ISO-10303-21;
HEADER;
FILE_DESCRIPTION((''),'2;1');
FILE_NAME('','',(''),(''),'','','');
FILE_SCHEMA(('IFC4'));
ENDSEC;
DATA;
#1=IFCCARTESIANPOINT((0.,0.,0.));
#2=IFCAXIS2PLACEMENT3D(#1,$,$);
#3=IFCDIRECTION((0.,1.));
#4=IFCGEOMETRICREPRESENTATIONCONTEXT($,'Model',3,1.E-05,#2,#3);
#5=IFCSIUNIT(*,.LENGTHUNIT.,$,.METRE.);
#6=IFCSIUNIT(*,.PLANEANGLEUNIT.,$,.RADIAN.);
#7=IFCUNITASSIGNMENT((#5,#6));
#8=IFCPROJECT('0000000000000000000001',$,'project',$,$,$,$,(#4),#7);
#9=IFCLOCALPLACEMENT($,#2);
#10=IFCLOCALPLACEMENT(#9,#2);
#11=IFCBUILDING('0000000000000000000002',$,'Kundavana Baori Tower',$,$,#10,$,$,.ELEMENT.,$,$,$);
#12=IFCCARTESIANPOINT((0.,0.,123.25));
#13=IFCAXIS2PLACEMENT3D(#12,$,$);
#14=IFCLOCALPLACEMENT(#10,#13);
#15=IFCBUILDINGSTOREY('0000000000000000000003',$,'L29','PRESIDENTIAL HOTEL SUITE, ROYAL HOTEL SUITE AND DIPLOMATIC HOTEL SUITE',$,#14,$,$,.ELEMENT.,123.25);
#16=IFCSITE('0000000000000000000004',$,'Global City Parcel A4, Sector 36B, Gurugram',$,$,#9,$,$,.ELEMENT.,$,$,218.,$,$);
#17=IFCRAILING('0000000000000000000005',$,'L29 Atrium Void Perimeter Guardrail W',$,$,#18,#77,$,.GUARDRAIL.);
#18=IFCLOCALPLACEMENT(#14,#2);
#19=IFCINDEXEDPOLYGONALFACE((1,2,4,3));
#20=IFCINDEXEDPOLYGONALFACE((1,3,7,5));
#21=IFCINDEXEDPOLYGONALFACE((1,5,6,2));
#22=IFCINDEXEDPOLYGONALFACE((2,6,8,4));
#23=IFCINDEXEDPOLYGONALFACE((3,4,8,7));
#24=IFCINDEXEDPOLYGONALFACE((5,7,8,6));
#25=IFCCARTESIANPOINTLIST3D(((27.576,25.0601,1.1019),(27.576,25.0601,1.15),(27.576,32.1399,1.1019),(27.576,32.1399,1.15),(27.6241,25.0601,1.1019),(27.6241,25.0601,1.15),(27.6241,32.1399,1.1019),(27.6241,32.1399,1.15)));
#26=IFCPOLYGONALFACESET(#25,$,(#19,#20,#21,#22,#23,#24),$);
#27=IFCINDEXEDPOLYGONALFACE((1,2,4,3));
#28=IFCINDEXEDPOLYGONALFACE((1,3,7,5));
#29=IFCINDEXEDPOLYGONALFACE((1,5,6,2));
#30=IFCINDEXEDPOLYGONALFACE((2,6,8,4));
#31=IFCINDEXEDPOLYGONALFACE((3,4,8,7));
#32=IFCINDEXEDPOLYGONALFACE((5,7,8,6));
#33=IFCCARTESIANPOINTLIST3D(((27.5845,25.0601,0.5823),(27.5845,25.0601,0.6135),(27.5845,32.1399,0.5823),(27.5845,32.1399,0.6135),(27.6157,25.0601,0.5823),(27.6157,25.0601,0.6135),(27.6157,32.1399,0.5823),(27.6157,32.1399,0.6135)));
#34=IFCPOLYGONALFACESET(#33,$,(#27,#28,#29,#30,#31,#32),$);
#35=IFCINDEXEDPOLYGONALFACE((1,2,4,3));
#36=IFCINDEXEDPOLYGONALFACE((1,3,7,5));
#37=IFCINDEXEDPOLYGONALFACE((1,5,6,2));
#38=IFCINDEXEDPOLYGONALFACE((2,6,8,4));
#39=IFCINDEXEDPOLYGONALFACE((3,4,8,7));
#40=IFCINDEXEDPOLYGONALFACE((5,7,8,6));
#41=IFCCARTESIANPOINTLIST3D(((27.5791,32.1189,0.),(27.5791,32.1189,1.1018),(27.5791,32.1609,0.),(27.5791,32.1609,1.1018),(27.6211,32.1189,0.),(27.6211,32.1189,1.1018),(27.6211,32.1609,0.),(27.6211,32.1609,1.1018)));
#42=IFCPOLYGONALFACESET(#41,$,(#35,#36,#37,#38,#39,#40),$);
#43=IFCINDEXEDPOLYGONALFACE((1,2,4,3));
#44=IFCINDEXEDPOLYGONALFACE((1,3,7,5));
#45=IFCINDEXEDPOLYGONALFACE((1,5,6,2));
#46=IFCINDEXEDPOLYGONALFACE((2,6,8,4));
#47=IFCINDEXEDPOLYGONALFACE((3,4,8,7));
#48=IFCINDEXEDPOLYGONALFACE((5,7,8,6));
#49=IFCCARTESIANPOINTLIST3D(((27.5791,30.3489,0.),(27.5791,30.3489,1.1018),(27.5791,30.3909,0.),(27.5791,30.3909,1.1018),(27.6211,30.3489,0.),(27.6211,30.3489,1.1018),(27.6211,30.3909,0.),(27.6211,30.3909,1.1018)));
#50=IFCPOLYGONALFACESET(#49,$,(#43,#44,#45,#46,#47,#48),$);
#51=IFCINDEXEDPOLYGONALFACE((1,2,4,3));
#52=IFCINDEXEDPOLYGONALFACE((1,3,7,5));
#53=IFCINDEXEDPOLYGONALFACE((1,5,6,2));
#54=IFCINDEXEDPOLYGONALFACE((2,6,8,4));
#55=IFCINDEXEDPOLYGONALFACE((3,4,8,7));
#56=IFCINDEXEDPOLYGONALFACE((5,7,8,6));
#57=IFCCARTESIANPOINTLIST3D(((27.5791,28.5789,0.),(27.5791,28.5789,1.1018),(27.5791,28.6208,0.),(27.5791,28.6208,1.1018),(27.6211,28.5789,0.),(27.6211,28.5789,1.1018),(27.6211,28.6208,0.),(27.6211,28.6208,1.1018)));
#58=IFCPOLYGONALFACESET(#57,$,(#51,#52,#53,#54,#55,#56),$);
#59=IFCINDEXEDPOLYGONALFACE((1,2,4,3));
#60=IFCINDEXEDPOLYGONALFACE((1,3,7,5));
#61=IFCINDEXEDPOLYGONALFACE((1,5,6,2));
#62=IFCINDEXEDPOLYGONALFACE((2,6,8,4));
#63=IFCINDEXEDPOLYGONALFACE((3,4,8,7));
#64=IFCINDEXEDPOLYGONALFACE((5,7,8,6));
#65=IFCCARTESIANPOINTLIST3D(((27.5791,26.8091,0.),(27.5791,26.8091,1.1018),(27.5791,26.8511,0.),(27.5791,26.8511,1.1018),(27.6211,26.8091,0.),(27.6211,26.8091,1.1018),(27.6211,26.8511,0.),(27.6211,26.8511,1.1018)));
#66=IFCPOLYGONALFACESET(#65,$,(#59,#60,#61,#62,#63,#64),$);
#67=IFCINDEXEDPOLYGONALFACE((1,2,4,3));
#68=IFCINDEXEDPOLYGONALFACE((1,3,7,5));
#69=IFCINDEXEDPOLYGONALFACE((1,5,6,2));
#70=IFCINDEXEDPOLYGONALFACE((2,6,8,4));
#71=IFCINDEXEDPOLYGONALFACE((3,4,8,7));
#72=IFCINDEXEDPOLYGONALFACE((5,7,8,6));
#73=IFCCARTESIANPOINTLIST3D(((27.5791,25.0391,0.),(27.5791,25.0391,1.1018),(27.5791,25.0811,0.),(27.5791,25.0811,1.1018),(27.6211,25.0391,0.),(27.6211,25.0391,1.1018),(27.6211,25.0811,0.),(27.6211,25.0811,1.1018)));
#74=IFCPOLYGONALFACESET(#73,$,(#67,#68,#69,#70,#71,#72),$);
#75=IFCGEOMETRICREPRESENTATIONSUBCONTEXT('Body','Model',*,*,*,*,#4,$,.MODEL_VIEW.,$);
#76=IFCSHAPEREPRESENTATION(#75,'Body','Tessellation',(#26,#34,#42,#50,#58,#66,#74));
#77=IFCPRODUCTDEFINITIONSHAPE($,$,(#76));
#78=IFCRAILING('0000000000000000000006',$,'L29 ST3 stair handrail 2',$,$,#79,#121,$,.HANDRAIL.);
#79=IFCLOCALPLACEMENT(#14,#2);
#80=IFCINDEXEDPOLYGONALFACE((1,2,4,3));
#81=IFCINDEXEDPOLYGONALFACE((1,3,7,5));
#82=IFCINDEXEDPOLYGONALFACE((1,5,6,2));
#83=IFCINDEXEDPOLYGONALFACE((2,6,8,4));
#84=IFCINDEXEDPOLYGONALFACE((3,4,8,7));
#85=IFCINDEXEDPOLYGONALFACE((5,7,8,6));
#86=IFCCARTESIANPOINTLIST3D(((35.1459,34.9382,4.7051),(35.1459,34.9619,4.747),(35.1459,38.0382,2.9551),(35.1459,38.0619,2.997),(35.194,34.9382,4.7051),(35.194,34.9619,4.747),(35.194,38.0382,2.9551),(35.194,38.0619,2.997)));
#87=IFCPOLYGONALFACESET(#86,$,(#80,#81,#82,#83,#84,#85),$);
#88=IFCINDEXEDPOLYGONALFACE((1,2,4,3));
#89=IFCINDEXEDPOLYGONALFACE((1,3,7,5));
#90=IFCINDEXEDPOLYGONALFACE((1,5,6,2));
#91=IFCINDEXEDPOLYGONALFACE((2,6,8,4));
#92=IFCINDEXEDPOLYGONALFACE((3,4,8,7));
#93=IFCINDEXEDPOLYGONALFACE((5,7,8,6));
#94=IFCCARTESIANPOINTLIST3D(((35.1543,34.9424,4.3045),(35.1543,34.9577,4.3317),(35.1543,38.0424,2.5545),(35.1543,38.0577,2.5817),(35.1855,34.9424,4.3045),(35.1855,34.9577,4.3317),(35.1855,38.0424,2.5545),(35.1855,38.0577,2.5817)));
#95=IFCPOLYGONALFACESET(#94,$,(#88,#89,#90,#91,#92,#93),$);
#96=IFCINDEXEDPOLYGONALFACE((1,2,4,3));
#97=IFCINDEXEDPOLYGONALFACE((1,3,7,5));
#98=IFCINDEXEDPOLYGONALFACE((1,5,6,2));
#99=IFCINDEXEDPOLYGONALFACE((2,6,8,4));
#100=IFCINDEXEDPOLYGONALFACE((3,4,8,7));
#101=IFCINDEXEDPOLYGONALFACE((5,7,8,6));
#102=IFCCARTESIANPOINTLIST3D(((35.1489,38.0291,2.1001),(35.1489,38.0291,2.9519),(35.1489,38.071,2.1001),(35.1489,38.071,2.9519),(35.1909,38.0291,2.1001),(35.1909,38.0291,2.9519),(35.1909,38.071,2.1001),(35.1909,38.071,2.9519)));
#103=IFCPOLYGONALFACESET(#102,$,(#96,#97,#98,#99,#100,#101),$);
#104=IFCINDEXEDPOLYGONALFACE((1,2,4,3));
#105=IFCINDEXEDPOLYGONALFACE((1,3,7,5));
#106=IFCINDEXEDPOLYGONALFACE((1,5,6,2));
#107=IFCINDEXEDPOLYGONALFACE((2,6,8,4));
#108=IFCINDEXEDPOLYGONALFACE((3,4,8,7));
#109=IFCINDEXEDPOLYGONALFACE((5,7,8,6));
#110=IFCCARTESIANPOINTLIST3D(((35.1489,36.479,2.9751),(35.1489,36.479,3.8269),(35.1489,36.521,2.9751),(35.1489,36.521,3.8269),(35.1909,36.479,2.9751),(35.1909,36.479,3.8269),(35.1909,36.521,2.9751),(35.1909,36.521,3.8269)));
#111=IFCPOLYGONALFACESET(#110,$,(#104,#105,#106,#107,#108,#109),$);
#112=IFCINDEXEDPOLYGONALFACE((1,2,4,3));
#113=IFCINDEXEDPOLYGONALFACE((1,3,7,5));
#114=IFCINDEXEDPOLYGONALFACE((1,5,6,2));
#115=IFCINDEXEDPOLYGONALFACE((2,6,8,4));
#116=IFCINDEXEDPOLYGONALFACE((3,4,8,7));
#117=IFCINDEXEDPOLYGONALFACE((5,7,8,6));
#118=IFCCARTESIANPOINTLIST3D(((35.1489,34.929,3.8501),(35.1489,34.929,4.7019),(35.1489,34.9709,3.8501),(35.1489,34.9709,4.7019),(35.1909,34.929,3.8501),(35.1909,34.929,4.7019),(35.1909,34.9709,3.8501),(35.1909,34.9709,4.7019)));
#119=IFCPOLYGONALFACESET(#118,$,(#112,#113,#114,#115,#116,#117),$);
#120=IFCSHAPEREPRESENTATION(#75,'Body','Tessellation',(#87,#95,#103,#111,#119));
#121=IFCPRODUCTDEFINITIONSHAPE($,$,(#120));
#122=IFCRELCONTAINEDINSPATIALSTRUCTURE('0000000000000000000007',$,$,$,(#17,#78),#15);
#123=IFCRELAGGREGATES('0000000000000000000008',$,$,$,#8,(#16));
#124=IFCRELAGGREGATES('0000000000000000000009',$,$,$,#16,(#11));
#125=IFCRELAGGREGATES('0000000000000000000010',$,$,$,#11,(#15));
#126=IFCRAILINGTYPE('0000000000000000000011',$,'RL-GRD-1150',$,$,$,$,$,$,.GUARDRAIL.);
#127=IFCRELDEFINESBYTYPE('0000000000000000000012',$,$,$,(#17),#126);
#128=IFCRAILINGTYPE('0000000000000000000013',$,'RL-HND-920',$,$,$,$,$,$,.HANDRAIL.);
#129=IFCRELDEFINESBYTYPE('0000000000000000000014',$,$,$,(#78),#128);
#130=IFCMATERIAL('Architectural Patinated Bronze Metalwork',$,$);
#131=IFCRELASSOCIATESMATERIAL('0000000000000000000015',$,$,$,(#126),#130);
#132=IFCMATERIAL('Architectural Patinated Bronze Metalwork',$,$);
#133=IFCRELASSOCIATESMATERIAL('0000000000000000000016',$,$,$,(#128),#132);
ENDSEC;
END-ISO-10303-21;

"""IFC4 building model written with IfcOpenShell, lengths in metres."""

from ifc_helpers import new_model, si_unit, direction, frame, origin, origin_2d, place, context, subcontext, project, spatial, rectangle, extrude, material, type_object, element, save


model = new_model("IFC4")

# Units and contexts
model_context = context("Model", 3, precision=1e-05, world=origin(), true_north=direction((0.0, 1.0)))
body_context = subcontext(model_context, "Body", "Model", "MODEL_VIEW")
ifc_project = project(units=[si_unit("LENGTHUNIT", "METRE"), si_unit("PLANEANGLEUNIT", "RADIAN")], contexts=[model_context])

# Site, building, storey
site_placement = place(None, origin())
site = spatial("IfcSite", under=ifc_project, at=site_placement, Name="Global City Parcel A4, Sector 36B, Gurugram", CompositionType="ELEMENT", RefElevation=218.0)
building_placement = place(site_placement, origin())
building = spatial("IfcBuilding", under=site, at=building_placement, Name="Kundavana Baori Tower", CompositionType="ELEMENT")
storey_placement = place(building_placement, frame((0.0, 0.0, 123.25)))
storey = spatial("IfcBuildingStorey", under=building, at=storey_placement, Name="L29", Description="PRESIDENTIAL HOTEL SUITE, ROYAL HOTEL SUITE AND DIPLOMATIC HOTEL SUITE", CompositionType="ELEMENT", Elevation=123.25)

# Railings
ifc_material_1 = material(Name="Architectural Patinated Bronze Metalwork")
railing_type_1 = type_object("IfcRailingType", Name="RL-GRD-1150", PredefinedType="GUARDRAIL", material=ifc_material_1)
railing_1_placement = place(storey_placement, frame((27.6001, 32.1399, 0.0)))
element("IfcRailing", 1, at=railing_1_placement, inside=storey, type_object=railing_type_1, Name="L29 Atrium Void Perimeter Guardrail W", PredefinedType="GUARDRAIL", context=body_context, shape_type="SweptSolid", body=[
    extrude(rectangle(XDim=0.0481, YDim=0.0481, at=origin_2d()), frame((0.0, 0.0, 1.126), z_axis=(0.0, -1.0, 0.0), x_axis=(1.0, 0.0, 0.0)), (0.0, 0.0, 1.0), 7.0798),
    extrude(rectangle(XDim=0.0312, YDim=0.0312, at=origin_2d()), frame((0.0, 0.0, 0.5979), z_axis=(0.0, -1.0, 0.0), x_axis=(1.0, 0.0, 0.0)), (0.0, 0.0, 1.0), 7.0798),
    extrude(rectangle(XDim=0.042, YDim=0.042, at=origin_2d()), origin(), (0.0, 0.0, 1.0), 1.1018),
    extrude(rectangle(XDim=0.042, YDim=0.042, at=origin_2d()), frame((0.0, -1.77, 0.0)), (0.0, 0.0, 1.0), 1.1018),
    extrude(rectangle(XDim=0.042, YDim=0.042, at=origin_2d()), frame((0.0, -3.54, 0.0)), (0.0, 0.0, 1.0), 1.1018),
    extrude(rectangle(XDim=0.042, YDim=0.042, at=origin_2d()), frame((0.0, -5.3098, 0.0)), (0.0, 0.0, 1.0), 1.1018),
    extrude(rectangle(XDim=0.042, YDim=0.042, at=origin_2d()), frame((0.0, -7.0798, 0.0)), (0.0, 0.0, 1.0), 1.1018),
])
ifc_material_2 = material(Name="Architectural Patinated Bronze Metalwork")
railing_type_2 = type_object("IfcRailingType", Name="RL-HND-920", PredefinedType="HANDRAIL", material=ifc_material_2)
railing_2_placement = place(storey_placement, frame((35.1699, 38.05, 2.1001)))
element("IfcRailing", 2, at=railing_2_placement, inside=storey, type_object=railing_type_2, Name="L29 ST3 stair handrail 2", PredefinedType="HANDRAIL", context=body_context, shape_type="SweptSolid", body=[
    extrude(rectangle(XDim=0.0481, YDim=0.0481, at=origin_2d()), frame((0.0, 0.0, 0.876), z_axis=(0.0, -0.870831, 0.491583), x_axis=(1.0, 0.0, 0.0)), (0.0, 0.0, 1.0), 3.5598),
    extrude(rectangle(XDim=0.0312, YDim=0.0312, at=origin_2d()), frame((0.0, 0.0, 0.468), z_axis=(0.0, -0.870831, 0.491583), x_axis=(1.0, 0.0, 0.0)), (0.0, 0.0, 1.0), 3.5598),
    extrude(rectangle(XDim=0.042, YDim=0.042, at=origin_2d()), origin(), (0.0, 0.0, 1.0), 0.8518),
    extrude(rectangle(XDim=0.042, YDim=0.042, at=origin_2d()), frame((0.0, -1.55, 0.875)), (0.0, 0.0, 1.0), 0.8518),
    extrude(rectangle(XDim=0.042, YDim=0.042, at=origin_2d()), frame((0.0, -3.1001, 1.75)), (0.0, 0.0, 1.0), 0.8518),
])

save(model, "model.ifc")
